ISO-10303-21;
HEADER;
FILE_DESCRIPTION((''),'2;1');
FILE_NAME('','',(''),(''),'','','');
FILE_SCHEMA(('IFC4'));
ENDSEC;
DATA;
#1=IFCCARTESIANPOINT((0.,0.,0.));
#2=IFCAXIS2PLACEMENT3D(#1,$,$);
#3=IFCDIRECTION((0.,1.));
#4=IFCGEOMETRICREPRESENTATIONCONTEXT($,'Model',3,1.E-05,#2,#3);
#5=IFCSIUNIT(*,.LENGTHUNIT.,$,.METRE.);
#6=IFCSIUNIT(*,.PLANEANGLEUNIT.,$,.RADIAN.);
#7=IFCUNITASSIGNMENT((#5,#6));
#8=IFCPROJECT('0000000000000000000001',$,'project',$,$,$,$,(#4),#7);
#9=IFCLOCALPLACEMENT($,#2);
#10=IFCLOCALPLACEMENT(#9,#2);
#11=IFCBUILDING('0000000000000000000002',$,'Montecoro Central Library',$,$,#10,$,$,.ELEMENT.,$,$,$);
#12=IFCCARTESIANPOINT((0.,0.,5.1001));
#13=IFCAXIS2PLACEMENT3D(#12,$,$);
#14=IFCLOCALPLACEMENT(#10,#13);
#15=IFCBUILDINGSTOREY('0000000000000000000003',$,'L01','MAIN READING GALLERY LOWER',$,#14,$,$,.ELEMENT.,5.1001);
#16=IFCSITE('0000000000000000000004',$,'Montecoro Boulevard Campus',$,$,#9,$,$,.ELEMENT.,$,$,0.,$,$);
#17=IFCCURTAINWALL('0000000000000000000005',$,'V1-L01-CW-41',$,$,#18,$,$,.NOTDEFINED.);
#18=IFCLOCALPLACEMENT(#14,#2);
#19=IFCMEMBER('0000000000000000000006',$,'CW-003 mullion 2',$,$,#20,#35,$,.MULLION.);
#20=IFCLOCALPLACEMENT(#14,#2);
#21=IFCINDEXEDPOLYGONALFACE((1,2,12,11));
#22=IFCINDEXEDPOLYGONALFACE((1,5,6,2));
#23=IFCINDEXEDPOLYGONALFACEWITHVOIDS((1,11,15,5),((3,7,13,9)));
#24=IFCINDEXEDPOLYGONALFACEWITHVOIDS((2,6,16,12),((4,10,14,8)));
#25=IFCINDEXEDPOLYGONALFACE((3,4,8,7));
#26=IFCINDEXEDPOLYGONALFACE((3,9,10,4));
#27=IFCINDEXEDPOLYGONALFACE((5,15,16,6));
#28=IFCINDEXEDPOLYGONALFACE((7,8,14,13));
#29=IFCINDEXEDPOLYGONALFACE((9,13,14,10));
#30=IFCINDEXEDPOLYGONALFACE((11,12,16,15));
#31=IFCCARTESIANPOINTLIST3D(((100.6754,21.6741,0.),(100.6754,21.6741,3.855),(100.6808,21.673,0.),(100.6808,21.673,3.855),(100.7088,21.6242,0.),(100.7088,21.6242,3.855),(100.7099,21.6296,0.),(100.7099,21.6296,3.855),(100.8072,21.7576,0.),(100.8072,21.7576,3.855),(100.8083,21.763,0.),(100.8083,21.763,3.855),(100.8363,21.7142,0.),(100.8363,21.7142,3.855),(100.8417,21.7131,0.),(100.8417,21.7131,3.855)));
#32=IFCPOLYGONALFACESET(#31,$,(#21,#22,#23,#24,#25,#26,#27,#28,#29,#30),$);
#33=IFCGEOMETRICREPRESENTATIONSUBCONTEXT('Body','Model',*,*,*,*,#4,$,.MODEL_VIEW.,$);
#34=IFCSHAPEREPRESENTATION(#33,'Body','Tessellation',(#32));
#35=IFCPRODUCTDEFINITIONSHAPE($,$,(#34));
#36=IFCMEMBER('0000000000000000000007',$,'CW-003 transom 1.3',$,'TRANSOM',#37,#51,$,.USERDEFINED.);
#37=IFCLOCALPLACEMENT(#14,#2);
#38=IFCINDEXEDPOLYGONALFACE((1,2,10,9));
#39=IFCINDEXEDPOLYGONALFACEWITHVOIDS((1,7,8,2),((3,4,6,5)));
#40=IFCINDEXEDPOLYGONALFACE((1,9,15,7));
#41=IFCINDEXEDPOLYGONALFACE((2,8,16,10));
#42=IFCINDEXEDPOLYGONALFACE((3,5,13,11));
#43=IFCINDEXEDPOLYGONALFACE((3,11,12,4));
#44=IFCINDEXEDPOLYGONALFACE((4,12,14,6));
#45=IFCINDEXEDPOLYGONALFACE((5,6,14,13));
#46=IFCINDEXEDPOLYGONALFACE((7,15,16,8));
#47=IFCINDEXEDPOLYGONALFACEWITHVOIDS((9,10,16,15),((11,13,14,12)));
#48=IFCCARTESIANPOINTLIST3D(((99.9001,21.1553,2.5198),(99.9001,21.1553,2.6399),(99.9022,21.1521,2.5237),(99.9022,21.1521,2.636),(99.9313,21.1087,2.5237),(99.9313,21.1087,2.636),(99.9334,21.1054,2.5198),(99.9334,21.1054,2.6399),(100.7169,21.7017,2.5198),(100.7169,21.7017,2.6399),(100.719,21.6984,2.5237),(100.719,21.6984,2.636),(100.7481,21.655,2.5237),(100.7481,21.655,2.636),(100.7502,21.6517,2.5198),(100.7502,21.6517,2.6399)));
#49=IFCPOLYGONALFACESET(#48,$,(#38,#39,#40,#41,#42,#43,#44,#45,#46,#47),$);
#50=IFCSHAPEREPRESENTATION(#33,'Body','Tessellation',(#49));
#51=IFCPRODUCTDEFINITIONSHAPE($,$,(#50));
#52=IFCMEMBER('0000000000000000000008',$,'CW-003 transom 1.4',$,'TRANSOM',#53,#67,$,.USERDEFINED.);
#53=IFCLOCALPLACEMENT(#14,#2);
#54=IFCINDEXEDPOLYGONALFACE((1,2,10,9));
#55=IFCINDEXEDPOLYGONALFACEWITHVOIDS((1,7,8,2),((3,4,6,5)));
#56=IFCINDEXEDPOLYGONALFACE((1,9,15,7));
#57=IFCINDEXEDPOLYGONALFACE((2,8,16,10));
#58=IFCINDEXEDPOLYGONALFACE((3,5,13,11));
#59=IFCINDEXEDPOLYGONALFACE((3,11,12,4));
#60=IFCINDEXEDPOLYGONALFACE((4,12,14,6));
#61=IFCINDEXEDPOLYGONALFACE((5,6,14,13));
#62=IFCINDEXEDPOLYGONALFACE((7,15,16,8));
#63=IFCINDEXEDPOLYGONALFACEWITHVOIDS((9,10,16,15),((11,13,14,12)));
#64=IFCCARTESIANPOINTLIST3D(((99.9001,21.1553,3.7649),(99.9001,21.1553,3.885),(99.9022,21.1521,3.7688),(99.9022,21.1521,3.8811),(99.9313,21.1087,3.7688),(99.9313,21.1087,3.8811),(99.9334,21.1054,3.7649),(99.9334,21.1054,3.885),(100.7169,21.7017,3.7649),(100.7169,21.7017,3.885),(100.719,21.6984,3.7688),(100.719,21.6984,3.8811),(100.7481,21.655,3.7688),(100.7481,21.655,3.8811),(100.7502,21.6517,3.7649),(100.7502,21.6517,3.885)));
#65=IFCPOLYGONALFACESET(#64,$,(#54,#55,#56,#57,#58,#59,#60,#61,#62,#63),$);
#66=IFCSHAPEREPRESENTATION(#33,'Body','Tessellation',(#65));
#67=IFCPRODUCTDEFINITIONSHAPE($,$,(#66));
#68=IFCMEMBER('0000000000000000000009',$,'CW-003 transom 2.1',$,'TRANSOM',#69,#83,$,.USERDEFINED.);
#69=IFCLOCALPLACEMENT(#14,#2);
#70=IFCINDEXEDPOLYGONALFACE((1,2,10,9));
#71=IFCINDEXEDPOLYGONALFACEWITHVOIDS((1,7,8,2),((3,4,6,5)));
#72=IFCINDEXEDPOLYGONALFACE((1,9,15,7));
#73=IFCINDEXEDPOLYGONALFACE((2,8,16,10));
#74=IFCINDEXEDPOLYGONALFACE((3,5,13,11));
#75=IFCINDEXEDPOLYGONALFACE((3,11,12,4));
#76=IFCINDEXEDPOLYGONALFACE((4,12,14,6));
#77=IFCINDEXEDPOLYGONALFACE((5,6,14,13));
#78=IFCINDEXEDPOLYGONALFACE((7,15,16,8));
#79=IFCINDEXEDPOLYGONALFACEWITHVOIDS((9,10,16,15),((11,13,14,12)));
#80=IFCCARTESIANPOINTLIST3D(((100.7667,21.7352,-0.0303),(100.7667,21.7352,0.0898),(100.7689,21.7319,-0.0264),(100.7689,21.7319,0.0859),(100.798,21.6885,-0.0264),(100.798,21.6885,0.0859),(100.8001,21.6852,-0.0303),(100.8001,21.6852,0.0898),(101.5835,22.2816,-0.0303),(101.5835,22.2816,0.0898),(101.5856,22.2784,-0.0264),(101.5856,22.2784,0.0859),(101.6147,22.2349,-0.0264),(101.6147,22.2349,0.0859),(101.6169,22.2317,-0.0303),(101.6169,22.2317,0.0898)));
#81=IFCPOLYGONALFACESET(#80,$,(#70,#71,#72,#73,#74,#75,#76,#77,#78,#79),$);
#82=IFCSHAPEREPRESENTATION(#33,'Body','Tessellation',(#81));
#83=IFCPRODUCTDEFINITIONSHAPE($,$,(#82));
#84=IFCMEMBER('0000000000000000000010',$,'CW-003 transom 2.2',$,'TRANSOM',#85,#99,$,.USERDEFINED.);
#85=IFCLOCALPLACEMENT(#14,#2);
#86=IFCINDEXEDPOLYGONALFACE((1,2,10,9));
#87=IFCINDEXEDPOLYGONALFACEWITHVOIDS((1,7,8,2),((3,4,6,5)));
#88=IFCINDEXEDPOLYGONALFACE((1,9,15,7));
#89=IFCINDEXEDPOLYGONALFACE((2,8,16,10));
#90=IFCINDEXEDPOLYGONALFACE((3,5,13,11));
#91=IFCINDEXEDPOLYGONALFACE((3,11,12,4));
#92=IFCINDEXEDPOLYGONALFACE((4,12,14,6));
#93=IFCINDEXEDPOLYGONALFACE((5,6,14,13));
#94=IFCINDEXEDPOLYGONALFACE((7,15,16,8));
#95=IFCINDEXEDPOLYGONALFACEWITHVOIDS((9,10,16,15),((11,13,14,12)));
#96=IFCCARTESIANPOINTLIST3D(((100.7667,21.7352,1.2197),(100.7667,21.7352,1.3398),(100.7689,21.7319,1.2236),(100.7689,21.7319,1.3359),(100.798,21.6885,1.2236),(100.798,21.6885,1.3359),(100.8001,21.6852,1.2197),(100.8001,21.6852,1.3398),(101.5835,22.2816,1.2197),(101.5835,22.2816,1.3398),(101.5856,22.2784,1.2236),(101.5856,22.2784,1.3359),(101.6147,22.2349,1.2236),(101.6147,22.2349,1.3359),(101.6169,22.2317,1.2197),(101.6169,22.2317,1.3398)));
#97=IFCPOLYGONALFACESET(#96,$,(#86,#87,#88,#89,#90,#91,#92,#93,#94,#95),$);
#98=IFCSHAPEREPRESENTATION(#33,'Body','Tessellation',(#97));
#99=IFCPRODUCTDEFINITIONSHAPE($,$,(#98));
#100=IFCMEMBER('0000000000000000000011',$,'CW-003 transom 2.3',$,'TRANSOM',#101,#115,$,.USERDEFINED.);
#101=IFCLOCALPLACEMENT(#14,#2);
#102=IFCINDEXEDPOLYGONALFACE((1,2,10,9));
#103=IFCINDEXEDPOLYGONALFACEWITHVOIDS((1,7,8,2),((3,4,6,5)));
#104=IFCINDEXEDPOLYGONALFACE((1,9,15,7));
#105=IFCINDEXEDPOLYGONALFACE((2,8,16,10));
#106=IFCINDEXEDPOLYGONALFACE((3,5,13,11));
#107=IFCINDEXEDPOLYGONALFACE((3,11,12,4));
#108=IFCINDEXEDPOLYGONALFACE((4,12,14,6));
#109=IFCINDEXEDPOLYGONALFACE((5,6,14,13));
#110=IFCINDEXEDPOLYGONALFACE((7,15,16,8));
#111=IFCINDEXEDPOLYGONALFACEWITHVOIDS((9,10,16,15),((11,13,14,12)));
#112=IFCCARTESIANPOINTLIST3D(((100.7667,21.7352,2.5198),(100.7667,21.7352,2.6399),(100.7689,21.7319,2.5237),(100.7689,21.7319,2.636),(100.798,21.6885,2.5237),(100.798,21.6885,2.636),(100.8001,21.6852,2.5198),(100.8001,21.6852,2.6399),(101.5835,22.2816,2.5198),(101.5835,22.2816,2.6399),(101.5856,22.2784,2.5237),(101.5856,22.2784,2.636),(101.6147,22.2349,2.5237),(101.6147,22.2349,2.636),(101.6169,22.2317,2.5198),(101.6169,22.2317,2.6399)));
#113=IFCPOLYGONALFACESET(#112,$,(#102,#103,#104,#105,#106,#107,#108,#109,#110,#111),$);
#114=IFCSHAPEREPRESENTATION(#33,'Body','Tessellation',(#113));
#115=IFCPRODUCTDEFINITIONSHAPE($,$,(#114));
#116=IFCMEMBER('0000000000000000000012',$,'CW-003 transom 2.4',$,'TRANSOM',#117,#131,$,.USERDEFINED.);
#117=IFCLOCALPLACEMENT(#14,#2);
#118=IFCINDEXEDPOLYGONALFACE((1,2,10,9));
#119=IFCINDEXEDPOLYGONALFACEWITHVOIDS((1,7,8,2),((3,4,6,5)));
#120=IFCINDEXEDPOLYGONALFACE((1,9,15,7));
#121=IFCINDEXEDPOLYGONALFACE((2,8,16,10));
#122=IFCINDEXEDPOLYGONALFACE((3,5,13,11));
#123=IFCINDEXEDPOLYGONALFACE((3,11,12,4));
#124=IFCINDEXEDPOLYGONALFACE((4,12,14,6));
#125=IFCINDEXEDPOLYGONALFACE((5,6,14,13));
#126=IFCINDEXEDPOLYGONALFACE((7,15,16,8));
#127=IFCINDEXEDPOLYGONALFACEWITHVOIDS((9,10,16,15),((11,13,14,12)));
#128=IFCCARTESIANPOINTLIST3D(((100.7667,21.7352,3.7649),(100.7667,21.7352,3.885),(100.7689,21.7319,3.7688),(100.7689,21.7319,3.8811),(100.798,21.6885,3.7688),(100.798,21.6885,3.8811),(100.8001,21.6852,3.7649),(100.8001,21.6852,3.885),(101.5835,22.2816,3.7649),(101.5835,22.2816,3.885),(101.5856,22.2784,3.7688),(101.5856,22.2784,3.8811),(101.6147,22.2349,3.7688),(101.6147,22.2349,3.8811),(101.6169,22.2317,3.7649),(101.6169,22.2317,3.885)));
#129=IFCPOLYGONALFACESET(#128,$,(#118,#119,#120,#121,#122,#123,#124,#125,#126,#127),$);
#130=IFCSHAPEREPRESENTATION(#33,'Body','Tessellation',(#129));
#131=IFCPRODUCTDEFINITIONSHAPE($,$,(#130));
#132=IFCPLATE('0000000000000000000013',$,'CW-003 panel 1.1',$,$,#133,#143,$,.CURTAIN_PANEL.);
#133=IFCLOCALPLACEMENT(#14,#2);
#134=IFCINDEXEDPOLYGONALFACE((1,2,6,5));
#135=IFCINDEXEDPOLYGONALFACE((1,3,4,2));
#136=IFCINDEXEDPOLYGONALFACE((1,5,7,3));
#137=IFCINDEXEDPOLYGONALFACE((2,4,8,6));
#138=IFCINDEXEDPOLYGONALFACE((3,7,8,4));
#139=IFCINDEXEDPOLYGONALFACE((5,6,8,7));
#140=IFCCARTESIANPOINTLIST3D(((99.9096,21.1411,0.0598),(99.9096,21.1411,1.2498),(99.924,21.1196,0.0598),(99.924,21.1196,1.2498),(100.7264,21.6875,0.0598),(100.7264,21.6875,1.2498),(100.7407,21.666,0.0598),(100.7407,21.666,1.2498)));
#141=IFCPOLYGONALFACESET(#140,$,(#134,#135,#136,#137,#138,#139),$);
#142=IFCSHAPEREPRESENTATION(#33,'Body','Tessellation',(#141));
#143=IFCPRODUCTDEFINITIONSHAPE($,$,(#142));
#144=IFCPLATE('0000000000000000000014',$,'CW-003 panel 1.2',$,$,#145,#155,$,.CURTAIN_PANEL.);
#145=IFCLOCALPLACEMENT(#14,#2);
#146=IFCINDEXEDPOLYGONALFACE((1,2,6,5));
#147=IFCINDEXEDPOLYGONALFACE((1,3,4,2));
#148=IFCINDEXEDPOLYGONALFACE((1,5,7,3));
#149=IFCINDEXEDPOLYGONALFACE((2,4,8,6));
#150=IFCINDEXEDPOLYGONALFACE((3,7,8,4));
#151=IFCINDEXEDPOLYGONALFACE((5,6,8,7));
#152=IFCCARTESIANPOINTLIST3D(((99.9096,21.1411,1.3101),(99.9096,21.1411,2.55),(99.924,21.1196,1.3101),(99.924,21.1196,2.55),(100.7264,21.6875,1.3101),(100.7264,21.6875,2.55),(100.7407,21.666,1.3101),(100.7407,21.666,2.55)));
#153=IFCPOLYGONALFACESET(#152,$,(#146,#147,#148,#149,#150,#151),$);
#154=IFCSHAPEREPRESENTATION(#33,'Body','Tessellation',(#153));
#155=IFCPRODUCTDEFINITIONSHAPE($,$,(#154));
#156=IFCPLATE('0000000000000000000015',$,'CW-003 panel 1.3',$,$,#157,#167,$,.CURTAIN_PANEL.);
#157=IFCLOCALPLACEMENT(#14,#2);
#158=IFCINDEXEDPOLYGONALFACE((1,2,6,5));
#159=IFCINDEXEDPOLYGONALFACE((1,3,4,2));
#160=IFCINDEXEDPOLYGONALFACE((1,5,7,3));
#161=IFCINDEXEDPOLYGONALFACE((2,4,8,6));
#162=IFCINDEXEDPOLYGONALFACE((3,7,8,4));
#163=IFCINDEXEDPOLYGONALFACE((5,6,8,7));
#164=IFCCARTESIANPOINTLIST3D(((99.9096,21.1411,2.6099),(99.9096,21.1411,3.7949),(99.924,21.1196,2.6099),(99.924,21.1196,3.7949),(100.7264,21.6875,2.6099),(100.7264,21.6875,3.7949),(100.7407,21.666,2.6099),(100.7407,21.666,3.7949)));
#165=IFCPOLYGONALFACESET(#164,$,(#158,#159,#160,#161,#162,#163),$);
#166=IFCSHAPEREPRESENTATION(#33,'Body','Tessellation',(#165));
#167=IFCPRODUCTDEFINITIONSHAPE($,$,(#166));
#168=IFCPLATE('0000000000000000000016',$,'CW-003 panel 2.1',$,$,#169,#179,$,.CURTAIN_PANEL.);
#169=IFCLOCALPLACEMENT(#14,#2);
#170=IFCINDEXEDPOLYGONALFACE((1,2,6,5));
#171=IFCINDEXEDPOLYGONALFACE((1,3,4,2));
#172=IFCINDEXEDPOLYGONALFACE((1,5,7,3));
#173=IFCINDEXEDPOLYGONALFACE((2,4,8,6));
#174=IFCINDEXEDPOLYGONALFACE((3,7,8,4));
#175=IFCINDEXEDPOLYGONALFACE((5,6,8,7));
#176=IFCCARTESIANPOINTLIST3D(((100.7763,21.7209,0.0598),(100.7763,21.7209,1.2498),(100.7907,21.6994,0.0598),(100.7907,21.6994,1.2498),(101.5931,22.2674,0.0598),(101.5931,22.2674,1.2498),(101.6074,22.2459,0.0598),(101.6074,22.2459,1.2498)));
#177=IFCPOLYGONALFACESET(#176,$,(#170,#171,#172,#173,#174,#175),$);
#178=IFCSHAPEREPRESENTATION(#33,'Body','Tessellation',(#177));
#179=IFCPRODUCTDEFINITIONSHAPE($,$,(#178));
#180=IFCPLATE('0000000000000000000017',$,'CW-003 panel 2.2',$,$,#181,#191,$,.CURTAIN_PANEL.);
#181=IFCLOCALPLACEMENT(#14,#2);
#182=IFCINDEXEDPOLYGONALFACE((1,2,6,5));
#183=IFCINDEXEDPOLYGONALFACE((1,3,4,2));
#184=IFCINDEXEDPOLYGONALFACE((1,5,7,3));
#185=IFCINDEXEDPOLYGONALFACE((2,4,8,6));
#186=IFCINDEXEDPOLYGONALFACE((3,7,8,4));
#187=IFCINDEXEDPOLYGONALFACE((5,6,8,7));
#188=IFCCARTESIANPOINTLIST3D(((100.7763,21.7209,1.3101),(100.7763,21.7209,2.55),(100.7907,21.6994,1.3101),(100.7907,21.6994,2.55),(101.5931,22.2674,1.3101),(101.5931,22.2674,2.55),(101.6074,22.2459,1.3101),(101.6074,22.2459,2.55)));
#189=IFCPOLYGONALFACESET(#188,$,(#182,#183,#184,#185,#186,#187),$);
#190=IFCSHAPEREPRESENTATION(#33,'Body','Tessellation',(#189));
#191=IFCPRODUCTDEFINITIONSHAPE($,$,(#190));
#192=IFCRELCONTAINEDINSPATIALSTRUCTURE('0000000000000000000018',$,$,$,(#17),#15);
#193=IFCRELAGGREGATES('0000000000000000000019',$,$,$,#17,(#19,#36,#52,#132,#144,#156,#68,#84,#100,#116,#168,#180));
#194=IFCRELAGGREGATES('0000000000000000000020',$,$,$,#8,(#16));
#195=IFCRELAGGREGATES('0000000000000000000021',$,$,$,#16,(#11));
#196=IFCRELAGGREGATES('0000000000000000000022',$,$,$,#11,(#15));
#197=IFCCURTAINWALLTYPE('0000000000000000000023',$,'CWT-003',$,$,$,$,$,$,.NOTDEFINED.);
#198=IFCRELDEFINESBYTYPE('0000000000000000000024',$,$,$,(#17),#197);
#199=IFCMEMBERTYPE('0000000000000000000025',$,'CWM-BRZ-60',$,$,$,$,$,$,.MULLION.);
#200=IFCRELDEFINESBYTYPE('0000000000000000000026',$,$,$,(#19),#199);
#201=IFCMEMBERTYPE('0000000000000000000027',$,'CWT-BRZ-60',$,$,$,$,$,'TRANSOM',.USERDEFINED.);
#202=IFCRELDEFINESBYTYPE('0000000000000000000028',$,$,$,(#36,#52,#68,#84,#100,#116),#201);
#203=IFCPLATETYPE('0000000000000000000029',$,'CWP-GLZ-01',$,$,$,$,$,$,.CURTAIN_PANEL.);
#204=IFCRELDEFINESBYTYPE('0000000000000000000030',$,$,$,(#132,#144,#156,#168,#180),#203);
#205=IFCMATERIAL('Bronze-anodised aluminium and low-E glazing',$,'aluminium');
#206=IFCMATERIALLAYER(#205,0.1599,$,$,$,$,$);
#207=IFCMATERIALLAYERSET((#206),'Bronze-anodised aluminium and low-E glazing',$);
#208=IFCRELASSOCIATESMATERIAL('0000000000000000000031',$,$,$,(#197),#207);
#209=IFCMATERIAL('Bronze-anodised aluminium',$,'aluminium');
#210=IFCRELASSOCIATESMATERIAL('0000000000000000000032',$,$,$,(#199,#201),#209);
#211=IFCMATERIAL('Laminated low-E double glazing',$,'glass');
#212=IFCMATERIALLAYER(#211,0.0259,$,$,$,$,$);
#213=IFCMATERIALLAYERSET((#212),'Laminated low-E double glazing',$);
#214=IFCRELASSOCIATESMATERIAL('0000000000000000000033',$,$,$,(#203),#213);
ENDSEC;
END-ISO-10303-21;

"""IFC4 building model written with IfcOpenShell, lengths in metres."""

from ifc_helpers import new_model, si_unit, direction, frame, origin, origin_2d, place, context, subcontext, project, spatial, rectangle, hollow_rectangle, extrude, material, layer, layer_set, material_profile, profile_set, type_object, element, aggregate, save


model = new_model("IFC4")

# Units and contexts
model_context = context("Model", 3, precision=1e-05, world=origin(), true_north=direction((0.0, 1.0)))
body_context = subcontext(model_context, "Body", "Model", "MODEL_VIEW")
ifc_project = project(units=[si_unit("LENGTHUNIT", "METRE"), si_unit("PLANEANGLEUNIT", "RADIAN")], contexts=[model_context])

# Site, building, storey
site_placement = place(None, origin())
site = spatial("IfcSite", under=ifc_project, at=site_placement, Name="Montecoro Boulevard Campus", CompositionType="ELEMENT", RefElevation=0.0)
building_placement = place(site_placement, origin())
building = spatial("IfcBuilding", under=site, at=building_placement, Name="Montecoro Central Library", CompositionType="ELEMENT")
storey_placement = place(building_placement, frame((0.0, 0.0, 5.1001)))
storey = spatial("IfcBuildingStorey", under=building, at=storey_placement, Name="L01", Description="MAIN READING GALLERY LOWER", CompositionType="ELEMENT", Elevation=5.1001)

# Curtain wall, members, plates
ifc_material_1 = material(Name="Bronze-anodised aluminium and low-E glazing", Category="aluminium")
ifc_layer_1 = layer(ifc_material_1, 0.1599)
ifc_layer_set_1 = layer_set([ifc_layer_1], Name="Bronze-anodised aluminium and low-E glazing")
curtain_wall_type = type_object("IfcCurtainWallType", Name="CWT-003", PredefinedType="NOTDEFINED", material=ifc_layer_set_1)
curtain_wall_placement = place(storey_placement, origin())
curtain_wall = element("IfcCurtainWall", 1, at=curtain_wall_placement, inside=storey, type_object=curtain_wall_type, Name="V1-L01-CW-41", PredefinedType="NOTDEFINED")
ifc_material_2 = material(Name="Bronze-anodised aluminium", Category="aluminium")
ifc_material_profile_1 = material_profile(ifc_material_2, hollow_rectangle(XDim=0.0601, YDim=0.1599, WallThickness=0.0039, at=origin_2d()), Name="CWM 160x60x4.0")
ifc_profile_set_1 = profile_set([ifc_material_profile_1], Name="Bronze-anodised aluminium")
member_type_1 = type_object("IfcMemberType", Name="CWM-BRZ-60", PredefinedType="MULLION", material=ifc_profile_set_1)
member_1_placement = place(storey_placement, frame((100.7585, 21.6936, 0.0), z_axis=(0.0, 0.0, 1.0), x_axis=(-0.556098, 0.831117, 0.0)))
member_1 = element("IfcMember", 2, at=member_1_placement, type_object=member_type_1, Name="CW-003 mullion 2", PredefinedType="MULLION", context=body_context, shape_type="SweptSolid", body=[
    extrude(hollow_rectangle(XDim=0.0601, YDim=0.1599, WallThickness=0.0039, at=origin_2d()), origin(), (0.0, 0.0, 1.0), 3.855),
])
ifc_material_profile_2 = material_profile(ifc_material_2, hollow_rectangle(XDim=0.0601, YDim=0.1201, WallThickness=0.0039, at=origin_2d()), Name="CWT 120x60x4.0")
ifc_profile_set_2 = profile_set([ifc_material_profile_2], Name="Bronze-anodised aluminium")
member_type_2 = type_object("IfcMemberType", Name="CWT-BRZ-60", ElementType="TRANSOM", PredefinedType="USERDEFINED", material=ifc_profile_set_2)
member_2_placement = place(storey_placement, frame((99.9167, 21.1304, 2.5798), z_axis=(0.831209, 0.555961, 0.0), x_axis=(-0.555961, 0.831209, 0.0)))
member_2 = element("IfcMember", 3, at=member_2_placement, type_object=member_type_2, Name="CW-003 transom 1.3", ObjectType="TRANSOM", PredefinedType="USERDEFINED", context=body_context, shape_type="SweptSolid", body=[
    extrude(hollow_rectangle(XDim=0.0601, YDim=0.1201, WallThickness=0.0039, at=origin_2d()), origin(), (0.0, 0.0, 1.0), 0.9827),
])
member_3_placement = place(storey_placement, frame((99.9167, 21.1304, 3.825), z_axis=(0.831209, 0.555961, 0.0), x_axis=(-0.555961, 0.831209, 0.0)))
member_3 = element("IfcMember", 4, at=member_3_placement, type_object=member_type_2, Name="CW-003 transom 1.4", ObjectType="TRANSOM", PredefinedType="USERDEFINED", context=body_context, shape_type="SweptSolid", body=[
    extrude(hollow_rectangle(XDim=0.0601, YDim=0.1201, WallThickness=0.0039, at=origin_2d()), origin(), (0.0, 0.0, 1.0), 0.9827),
])
member_4_placement = place(storey_placement, frame((100.7834, 21.7102, 0.0298), z_axis=(0.831132, 0.556076, 0.0), x_axis=(-0.556076, 0.831132, 0.0)))
member_4 = element("IfcMember", 5, at=member_4_placement, type_object=member_type_2, Name="CW-003 transom 2.1", ObjectType="TRANSOM", PredefinedType="USERDEFINED", context=body_context, shape_type="SweptSolid", body=[
    extrude(hollow_rectangle(XDim=0.0601, YDim=0.1201, WallThickness=0.0039, at=origin_2d()), origin(), (0.0, 0.0, 1.0), 0.9827),
])
member_5_placement = place(storey_placement, frame((100.7834, 21.7102, 1.2798), z_axis=(0.831132, 0.556076, 0.0), x_axis=(-0.556076, 0.831132, 0.0)))
member_5 = element("IfcMember", 6, at=member_5_placement, type_object=member_type_2, Name="CW-003 transom 2.2", ObjectType="TRANSOM", PredefinedType="USERDEFINED", context=body_context, shape_type="SweptSolid", body=[
    extrude(hollow_rectangle(XDim=0.0601, YDim=0.1201, WallThickness=0.0039, at=origin_2d()), origin(), (0.0, 0.0, 1.0), 0.9827),
])
member_6_placement = place(storey_placement, frame((100.7834, 21.7102, 2.5798), z_axis=(0.831132, 0.556076, 0.0), x_axis=(-0.556076, 0.831132, 0.0)))
member_6 = element("IfcMember", 7, at=member_6_placement, type_object=member_type_2, Name="CW-003 transom 2.3", ObjectType="TRANSOM", PredefinedType="USERDEFINED", context=body_context, shape_type="SweptSolid", body=[
    extrude(hollow_rectangle(XDim=0.0601, YDim=0.1201, WallThickness=0.0039, at=origin_2d()), origin(), (0.0, 0.0, 1.0), 0.9827),
])
member_7_placement = place(storey_placement, frame((100.7834, 21.7102, 3.825), z_axis=(0.831132, 0.556076, 0.0), x_axis=(-0.556076, 0.831132, 0.0)))
member_7 = element("IfcMember", 8, at=member_7_placement, type_object=member_type_2, Name="CW-003 transom 2.4", ObjectType="TRANSOM", PredefinedType="USERDEFINED", context=body_context, shape_type="SweptSolid", body=[
    extrude(hollow_rectangle(XDim=0.0601, YDim=0.1201, WallThickness=0.0039, at=origin_2d()), origin(), (0.0, 0.0, 1.0), 0.9827),
])
ifc_material_3 = material(Name="Laminated low-E double glazing", Category="glass")
ifc_layer_2 = layer(ifc_material_3, 0.0259)
ifc_layer_set_2 = layer_set([ifc_layer_2], Name="Laminated low-E double glazing")
plate_type = type_object("IfcPlateType", Name="CWP-GLZ-01", PredefinedType="CURTAIN_PANEL", material=ifc_layer_set_2)
plate_1_placement = place(storey_placement, frame((100.3252, 21.4036, 0.0598), z_axis=(0.0, 0.0, 1.0), x_axis=(0.831117, 0.556098, 0.0)))
plate_1 = element("IfcPlate", 9, at=plate_1_placement, type_object=plate_type, Name="CW-003 panel 1.1", PredefinedType="CURTAIN_PANEL", context=body_context, shape_type="SweptSolid", body=[
    extrude(rectangle(XDim=0.9827, YDim=0.0259, at=origin_2d()), origin(), (0.0, 0.0, 1.0), 1.1899),
])
plate_2_placement = place(storey_placement, frame((100.3252, 21.4036, 1.3101), z_axis=(0.0, 0.0, 1.0), x_axis=(0.831117, 0.556098, 0.0)))
plate_2 = element("IfcPlate", 10, at=plate_2_placement, type_object=plate_type, Name="CW-003 panel 1.2", PredefinedType="CURTAIN_PANEL", context=body_context, shape_type="SweptSolid", body=[
    extrude(rectangle(XDim=0.9827, YDim=0.0259, at=origin_2d()), origin(), (0.0, 0.0, 1.0), 1.24),
])
plate_3_placement = place(storey_placement, frame((100.3252, 21.4036, 2.6099), z_axis=(0.0, 0.0, 1.0), x_axis=(0.831117, 0.556098, 0.0)))
plate_3 = element("IfcPlate", 11, at=plate_3_placement, type_object=plate_type, Name="CW-003 panel 1.3", PredefinedType="CURTAIN_PANEL", context=body_context, shape_type="SweptSolid", body=[
    extrude(rectangle(XDim=0.9827, YDim=0.0259, at=origin_2d()), origin(), (0.0, 0.0, 1.0), 1.1851),
])
plate_4_placement = place(storey_placement, frame((101.1919, 21.9834, 0.0598), z_axis=(0.0, 0.0, 1.0), x_axis=(0.831117, 0.556098, 0.0)))
plate_4 = element("IfcPlate", 12, at=plate_4_placement, type_object=plate_type, Name="CW-003 panel 2.1", PredefinedType="CURTAIN_PANEL", context=body_context, shape_type="SweptSolid", body=[
    extrude(rectangle(XDim=0.9827, YDim=0.0259, at=origin_2d()), origin(), (0.0, 0.0, 1.0), 1.1899),
])
plate_5_placement = place(storey_placement, frame((101.1919, 21.9834, 1.3101), z_axis=(0.0, 0.0, 1.0), x_axis=(0.831117, 0.556098, 0.0)))
plate_5 = element("IfcPlate", 13, at=plate_5_placement, type_object=plate_type, Name="CW-003 panel 2.2", PredefinedType="CURTAIN_PANEL", context=body_context, shape_type="SweptSolid", body=[
    extrude(rectangle(XDim=0.9827, YDim=0.0259, at=origin_2d()), origin(), (0.0, 0.0, 1.0), 1.24),
])
aggregate(curtain_wall, [member_1, member_2, member_3, plate_1, plate_2, plate_3, member_4, member_5, member_6, member_7, plate_4, plate_5])

save(model, "model.ifc")
